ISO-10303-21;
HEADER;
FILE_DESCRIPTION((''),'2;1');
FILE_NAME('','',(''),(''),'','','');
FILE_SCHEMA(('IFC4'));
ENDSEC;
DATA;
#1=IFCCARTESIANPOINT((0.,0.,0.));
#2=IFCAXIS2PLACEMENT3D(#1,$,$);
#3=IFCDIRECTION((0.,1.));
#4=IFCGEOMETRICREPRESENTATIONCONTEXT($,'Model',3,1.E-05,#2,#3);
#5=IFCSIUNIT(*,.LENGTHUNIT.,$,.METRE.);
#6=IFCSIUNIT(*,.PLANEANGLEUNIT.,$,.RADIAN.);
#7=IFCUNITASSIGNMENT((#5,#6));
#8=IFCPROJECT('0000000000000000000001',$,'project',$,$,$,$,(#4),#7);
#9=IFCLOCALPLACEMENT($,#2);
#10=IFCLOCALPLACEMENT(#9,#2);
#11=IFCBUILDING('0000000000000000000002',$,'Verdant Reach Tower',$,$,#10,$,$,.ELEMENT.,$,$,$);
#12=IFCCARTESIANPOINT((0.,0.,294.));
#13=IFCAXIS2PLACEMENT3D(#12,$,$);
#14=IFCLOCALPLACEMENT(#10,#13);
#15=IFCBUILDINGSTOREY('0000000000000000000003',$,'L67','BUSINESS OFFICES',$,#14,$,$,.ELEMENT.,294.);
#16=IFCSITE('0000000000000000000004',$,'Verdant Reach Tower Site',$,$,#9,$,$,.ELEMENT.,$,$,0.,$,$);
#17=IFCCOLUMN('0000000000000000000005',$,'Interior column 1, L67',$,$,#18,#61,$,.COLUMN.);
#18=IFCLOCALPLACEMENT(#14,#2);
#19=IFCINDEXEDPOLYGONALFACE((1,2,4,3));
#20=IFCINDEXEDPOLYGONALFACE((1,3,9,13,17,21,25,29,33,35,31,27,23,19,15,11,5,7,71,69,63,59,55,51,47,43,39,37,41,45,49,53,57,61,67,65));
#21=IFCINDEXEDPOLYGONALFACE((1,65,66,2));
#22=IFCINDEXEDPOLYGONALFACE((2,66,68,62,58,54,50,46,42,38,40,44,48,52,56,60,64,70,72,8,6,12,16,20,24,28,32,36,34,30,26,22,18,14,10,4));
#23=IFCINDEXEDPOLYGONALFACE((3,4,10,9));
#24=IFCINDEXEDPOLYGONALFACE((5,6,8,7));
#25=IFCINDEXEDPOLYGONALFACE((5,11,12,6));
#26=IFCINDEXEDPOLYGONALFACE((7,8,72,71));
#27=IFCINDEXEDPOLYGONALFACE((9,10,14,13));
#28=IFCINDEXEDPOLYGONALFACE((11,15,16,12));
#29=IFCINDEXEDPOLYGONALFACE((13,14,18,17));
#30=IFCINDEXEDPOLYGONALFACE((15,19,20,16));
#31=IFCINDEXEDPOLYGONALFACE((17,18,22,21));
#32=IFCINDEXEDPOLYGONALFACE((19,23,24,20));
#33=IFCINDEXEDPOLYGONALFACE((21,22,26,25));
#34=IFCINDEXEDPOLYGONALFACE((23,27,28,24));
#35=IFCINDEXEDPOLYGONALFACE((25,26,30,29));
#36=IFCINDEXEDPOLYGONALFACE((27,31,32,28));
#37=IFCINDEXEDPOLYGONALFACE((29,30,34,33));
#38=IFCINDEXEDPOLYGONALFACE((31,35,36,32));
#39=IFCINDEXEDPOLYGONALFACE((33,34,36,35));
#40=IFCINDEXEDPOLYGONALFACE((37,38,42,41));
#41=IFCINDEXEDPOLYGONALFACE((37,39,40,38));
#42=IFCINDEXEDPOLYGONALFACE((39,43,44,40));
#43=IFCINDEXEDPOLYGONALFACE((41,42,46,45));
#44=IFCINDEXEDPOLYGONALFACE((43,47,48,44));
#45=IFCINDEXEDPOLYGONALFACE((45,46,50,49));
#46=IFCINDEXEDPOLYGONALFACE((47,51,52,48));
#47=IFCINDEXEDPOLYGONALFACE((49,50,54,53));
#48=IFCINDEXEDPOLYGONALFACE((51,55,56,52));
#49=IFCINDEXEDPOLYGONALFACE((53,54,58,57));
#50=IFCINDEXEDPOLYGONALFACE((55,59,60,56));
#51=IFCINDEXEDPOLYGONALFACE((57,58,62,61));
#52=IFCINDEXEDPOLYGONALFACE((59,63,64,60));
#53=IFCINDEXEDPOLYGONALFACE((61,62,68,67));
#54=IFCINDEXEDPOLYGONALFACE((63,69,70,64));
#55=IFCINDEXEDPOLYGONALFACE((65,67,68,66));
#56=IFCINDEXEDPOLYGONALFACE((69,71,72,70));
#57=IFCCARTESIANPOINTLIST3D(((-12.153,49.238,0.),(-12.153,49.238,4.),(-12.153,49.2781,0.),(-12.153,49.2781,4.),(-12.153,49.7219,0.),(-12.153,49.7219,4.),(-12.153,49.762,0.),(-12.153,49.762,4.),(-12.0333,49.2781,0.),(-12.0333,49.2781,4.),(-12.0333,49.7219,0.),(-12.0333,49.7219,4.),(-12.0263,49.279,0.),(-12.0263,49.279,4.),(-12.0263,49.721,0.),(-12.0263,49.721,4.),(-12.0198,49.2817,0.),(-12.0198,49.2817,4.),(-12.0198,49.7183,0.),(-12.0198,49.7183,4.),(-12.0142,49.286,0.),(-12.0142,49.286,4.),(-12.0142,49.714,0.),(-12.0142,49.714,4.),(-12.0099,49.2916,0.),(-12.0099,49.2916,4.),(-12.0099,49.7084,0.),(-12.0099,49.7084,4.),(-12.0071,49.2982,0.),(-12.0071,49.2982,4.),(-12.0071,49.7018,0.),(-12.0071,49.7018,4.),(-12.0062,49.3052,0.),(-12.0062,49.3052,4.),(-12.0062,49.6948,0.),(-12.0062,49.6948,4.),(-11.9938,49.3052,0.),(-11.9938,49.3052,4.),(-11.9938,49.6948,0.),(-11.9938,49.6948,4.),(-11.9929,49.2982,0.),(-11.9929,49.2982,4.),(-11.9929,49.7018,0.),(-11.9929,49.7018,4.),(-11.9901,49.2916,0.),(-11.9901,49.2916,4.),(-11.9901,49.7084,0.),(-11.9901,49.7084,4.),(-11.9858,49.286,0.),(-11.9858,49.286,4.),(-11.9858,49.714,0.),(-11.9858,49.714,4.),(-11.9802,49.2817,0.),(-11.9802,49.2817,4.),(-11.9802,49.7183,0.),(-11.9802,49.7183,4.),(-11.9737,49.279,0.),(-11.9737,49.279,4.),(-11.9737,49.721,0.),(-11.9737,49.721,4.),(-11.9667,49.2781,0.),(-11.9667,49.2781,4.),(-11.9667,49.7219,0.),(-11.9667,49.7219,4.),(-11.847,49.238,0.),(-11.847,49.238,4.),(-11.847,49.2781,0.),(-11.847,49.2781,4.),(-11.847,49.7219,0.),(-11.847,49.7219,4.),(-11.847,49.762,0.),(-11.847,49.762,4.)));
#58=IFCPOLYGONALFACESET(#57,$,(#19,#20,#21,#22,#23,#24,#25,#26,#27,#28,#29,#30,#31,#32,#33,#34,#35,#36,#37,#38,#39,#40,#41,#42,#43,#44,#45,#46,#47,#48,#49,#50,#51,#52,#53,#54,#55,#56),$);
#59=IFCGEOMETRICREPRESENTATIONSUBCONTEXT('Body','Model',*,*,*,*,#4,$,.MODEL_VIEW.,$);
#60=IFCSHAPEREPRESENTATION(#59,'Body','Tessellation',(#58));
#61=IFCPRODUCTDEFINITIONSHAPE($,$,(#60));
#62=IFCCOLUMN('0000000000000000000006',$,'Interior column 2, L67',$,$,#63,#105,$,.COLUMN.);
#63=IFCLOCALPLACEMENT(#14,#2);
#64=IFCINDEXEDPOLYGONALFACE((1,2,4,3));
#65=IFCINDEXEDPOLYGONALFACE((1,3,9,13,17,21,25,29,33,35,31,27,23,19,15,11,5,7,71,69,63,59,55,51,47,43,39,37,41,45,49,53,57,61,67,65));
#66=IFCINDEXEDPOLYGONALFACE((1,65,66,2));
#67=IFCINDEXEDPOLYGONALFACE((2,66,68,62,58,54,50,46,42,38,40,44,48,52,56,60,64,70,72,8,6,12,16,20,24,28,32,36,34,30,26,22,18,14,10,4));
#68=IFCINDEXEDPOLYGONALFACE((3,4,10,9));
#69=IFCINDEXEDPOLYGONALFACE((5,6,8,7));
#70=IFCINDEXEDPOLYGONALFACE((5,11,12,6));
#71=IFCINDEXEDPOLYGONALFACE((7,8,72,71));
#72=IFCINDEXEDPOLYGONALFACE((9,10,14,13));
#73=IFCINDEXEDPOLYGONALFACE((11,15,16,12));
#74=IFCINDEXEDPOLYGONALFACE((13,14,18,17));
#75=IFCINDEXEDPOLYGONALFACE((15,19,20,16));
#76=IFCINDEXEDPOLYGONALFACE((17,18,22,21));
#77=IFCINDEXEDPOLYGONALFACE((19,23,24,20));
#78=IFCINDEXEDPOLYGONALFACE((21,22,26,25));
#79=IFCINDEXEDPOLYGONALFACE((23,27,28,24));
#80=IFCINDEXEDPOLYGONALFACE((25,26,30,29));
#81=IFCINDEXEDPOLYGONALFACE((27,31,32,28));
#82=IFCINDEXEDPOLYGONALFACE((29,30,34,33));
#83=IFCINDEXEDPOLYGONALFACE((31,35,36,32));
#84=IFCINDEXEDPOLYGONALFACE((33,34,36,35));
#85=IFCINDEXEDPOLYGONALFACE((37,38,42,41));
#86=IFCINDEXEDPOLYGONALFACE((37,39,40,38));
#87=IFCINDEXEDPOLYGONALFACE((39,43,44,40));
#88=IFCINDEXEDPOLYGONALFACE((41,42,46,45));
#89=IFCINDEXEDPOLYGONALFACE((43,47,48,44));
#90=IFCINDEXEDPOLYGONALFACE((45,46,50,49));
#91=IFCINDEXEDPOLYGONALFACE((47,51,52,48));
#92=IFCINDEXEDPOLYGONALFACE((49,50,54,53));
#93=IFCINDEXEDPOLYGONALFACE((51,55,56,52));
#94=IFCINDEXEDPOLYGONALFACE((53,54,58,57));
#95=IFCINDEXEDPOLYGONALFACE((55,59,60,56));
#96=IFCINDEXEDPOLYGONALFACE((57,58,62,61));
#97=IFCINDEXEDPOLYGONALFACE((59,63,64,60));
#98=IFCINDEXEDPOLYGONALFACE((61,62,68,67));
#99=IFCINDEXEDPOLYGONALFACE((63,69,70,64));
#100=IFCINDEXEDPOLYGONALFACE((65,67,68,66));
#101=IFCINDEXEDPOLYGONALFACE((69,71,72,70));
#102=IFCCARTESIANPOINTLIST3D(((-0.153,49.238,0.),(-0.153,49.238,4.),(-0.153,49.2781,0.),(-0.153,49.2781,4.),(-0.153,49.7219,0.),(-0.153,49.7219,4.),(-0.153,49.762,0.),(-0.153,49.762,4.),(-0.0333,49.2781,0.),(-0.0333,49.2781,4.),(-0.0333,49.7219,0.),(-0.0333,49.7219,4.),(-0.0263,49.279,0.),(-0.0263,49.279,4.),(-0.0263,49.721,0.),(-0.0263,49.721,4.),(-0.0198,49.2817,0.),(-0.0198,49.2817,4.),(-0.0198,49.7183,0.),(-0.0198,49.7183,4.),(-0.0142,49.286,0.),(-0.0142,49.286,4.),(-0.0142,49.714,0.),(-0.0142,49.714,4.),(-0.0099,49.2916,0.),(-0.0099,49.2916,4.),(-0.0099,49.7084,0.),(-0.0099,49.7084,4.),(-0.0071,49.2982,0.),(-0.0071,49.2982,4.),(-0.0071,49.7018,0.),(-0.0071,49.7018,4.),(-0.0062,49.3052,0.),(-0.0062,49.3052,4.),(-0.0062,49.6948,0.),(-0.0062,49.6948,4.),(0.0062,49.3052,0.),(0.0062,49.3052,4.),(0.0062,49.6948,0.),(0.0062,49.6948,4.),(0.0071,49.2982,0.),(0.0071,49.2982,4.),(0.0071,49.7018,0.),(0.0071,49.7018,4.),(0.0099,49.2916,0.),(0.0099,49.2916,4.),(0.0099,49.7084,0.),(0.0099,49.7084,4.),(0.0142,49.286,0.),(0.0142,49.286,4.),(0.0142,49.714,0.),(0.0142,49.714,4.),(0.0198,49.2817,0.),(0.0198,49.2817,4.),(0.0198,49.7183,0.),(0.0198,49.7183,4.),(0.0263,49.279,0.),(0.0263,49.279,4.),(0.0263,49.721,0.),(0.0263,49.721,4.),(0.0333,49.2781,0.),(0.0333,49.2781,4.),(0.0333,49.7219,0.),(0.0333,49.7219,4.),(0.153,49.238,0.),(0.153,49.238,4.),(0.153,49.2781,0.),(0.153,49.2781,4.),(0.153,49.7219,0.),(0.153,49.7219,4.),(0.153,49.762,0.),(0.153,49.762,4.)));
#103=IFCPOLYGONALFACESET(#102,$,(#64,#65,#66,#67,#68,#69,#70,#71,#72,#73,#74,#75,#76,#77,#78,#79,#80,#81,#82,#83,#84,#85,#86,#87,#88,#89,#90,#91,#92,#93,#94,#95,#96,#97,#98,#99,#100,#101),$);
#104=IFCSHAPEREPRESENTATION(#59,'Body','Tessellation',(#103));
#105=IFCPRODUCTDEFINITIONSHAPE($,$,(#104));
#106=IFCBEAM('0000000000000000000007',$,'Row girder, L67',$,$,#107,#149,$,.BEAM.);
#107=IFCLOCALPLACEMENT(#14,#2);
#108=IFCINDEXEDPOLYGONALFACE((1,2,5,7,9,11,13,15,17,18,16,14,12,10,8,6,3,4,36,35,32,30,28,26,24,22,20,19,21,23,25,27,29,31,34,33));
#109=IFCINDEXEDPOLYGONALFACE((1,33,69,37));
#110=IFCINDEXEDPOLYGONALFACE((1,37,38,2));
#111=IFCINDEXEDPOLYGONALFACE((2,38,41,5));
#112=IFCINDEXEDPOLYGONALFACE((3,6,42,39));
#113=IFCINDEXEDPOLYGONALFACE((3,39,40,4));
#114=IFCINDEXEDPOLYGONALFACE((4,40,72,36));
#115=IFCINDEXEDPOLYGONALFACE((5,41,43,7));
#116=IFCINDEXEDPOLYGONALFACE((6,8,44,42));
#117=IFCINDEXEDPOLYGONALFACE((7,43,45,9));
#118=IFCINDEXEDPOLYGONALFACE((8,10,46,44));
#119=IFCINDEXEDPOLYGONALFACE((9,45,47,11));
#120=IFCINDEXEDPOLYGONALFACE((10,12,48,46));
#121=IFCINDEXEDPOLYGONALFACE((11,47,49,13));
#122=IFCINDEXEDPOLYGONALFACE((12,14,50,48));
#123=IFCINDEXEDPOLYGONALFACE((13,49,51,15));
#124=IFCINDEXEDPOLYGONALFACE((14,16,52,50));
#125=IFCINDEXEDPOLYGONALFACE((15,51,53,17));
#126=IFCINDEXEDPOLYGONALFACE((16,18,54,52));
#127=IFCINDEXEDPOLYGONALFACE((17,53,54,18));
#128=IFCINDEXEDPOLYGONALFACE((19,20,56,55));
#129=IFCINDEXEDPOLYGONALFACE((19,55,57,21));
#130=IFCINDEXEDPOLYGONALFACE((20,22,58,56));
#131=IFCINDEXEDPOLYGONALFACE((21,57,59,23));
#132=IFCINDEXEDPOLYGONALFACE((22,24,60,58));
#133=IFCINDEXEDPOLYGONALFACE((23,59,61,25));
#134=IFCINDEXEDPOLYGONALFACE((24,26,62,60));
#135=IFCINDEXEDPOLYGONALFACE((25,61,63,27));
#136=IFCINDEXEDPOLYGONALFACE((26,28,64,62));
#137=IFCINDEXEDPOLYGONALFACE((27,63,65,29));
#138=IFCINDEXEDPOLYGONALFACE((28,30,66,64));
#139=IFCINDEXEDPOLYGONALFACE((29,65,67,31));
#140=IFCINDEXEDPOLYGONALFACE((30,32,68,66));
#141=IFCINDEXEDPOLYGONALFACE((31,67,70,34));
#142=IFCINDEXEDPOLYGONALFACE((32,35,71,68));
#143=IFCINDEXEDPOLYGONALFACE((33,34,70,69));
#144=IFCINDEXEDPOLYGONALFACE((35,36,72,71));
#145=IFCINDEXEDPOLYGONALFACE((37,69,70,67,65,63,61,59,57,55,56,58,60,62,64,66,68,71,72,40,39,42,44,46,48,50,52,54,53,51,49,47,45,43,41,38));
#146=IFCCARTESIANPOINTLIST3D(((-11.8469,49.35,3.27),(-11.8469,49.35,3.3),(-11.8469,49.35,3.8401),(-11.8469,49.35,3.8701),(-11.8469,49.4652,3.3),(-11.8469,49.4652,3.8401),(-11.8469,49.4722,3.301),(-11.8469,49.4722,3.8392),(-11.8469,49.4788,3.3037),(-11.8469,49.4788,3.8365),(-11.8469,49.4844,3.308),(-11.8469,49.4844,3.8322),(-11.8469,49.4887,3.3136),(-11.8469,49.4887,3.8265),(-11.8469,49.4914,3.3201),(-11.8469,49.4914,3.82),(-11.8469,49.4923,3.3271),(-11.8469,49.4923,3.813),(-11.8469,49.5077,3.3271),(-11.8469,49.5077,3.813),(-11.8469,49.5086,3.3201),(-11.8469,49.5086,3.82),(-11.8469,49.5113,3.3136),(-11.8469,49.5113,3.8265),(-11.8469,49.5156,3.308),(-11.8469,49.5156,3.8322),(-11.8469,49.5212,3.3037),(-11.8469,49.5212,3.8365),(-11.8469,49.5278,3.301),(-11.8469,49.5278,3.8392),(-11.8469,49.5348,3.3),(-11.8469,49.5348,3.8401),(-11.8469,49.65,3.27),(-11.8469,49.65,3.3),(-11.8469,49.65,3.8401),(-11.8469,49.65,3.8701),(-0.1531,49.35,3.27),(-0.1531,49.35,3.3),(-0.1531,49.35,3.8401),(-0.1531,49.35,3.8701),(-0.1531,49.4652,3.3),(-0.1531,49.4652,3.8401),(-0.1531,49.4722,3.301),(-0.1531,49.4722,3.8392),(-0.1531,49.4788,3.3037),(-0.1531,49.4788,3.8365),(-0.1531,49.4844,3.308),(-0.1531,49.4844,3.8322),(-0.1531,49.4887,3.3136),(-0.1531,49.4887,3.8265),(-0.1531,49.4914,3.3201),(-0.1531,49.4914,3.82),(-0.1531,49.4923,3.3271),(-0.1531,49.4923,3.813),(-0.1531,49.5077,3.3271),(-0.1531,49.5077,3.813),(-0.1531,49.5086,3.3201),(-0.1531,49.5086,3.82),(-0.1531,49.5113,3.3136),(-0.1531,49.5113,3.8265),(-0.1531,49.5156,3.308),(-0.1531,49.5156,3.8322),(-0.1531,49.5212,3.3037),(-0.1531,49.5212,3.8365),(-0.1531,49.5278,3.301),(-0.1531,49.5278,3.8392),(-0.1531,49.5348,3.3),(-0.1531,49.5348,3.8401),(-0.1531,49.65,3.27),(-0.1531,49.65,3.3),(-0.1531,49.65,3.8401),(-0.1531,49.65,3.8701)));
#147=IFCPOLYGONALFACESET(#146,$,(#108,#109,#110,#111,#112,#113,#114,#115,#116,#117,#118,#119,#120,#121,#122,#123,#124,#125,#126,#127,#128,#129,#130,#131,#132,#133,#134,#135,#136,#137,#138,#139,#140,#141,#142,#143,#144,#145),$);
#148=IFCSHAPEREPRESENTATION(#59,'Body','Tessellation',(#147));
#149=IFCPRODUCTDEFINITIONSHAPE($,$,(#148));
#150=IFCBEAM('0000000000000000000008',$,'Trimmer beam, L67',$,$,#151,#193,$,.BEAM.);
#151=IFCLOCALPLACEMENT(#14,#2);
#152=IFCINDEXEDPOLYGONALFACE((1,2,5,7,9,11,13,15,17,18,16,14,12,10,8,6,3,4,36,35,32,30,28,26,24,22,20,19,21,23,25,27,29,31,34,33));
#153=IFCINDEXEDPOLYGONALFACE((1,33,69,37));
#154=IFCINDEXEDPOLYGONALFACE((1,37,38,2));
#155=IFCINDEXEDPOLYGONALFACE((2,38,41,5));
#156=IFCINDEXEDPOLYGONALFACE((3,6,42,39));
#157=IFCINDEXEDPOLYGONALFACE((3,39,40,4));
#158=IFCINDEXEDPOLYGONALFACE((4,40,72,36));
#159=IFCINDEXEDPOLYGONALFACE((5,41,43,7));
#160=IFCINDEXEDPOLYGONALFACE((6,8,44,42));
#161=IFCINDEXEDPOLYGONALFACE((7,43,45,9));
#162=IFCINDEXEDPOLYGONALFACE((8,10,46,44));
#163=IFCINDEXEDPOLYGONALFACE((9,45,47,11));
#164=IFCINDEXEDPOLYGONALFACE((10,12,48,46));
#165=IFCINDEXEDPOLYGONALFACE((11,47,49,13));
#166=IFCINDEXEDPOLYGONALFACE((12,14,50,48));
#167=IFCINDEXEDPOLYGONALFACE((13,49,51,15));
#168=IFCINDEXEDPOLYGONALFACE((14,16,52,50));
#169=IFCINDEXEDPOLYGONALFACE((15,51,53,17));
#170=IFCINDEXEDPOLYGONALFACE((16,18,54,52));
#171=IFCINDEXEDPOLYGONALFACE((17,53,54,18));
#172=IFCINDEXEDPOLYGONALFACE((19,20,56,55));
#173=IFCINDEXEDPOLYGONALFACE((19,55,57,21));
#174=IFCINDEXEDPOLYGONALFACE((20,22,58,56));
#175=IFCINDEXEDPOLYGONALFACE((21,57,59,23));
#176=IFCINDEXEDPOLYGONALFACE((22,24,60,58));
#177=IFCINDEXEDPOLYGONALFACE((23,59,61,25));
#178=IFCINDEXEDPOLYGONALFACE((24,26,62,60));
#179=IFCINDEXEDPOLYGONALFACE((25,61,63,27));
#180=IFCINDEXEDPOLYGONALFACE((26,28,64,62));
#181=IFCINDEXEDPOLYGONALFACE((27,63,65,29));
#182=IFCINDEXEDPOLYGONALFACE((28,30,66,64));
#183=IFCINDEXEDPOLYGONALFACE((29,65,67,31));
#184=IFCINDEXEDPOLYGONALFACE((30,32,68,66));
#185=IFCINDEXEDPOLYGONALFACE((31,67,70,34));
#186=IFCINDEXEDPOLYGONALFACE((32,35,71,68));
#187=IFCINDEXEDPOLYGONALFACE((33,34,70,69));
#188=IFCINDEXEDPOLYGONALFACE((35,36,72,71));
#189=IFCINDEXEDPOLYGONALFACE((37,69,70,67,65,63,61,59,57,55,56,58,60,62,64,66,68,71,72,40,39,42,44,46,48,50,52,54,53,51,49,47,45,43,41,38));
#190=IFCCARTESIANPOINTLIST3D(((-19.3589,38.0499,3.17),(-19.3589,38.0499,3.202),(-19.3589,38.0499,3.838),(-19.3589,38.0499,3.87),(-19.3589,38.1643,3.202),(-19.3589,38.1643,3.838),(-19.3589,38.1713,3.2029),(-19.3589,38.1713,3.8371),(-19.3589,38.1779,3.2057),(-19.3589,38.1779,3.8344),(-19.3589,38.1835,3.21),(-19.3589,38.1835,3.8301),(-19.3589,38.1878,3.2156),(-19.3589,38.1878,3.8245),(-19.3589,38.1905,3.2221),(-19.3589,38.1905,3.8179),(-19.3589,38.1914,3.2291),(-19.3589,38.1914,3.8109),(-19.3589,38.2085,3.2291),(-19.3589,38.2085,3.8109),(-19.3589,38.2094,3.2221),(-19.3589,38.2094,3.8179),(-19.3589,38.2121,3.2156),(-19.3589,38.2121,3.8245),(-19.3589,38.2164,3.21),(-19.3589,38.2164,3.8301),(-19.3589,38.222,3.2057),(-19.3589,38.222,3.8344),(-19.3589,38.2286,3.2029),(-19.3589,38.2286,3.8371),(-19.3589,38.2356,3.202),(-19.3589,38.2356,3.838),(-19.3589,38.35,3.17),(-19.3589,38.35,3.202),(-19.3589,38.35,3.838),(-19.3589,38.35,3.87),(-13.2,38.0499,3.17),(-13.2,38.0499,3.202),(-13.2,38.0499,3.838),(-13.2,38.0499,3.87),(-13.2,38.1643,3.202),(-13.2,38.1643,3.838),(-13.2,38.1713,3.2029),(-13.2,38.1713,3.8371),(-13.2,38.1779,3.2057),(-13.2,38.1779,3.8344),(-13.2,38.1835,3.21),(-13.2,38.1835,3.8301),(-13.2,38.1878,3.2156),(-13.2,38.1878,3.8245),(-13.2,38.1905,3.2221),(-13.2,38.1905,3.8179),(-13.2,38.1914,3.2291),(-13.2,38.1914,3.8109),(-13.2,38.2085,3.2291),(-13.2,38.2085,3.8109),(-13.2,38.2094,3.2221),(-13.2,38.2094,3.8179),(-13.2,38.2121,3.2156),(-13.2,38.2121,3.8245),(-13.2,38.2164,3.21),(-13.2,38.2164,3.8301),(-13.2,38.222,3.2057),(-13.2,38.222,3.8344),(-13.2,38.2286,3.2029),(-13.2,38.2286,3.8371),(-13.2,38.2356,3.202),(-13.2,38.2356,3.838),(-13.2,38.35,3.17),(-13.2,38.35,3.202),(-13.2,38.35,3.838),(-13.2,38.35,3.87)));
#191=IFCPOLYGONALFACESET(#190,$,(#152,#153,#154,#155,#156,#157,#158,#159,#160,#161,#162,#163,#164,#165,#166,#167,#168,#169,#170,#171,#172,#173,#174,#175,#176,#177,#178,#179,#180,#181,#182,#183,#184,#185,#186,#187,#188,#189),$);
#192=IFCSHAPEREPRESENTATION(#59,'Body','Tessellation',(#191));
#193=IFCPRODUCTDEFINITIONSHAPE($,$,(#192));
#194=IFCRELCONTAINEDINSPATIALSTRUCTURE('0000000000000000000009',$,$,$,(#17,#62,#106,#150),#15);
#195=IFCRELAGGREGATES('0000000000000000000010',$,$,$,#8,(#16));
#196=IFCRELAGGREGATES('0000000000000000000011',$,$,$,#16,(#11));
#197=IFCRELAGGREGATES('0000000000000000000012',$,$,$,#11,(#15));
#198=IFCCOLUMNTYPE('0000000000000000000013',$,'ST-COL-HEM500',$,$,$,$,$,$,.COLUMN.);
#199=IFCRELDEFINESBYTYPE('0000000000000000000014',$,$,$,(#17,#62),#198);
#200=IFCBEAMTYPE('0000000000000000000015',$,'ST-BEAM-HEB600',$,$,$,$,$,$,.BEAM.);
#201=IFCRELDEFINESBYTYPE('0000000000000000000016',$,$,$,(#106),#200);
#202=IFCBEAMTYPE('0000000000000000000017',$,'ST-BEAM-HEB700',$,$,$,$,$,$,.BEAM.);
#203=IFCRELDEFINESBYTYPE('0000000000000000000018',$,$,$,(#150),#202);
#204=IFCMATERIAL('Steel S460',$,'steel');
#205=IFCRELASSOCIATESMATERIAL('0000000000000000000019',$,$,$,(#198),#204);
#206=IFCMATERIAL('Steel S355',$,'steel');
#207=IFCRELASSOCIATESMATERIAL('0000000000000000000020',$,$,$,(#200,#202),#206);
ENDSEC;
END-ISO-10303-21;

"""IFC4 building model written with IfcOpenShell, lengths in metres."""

from ifc_helpers import new_model, si_unit, direction, frame, origin, origin_2d, place, context, subcontext, project, spatial, i_section, extrude, material, material_profile, profile_set, type_object, element, save


model = new_model("IFC4")

# Units and contexts
model_context = context("Model", 3, precision=1e-05, world=origin(), true_north=direction((0.0, 1.0)))
body_context = subcontext(model_context, "Body", "Model", "MODEL_VIEW")
ifc_project = project(units=[si_unit("LENGTHUNIT", "METRE"), si_unit("PLANEANGLEUNIT", "RADIAN")], contexts=[model_context])

# Site, building, storey
site_placement = place(None, origin())
site = spatial("IfcSite", under=ifc_project, at=site_placement, Name="Verdant Reach Tower Site", CompositionType="ELEMENT", RefElevation=0.0)
building_placement = place(site_placement, origin())
building = spatial("IfcBuilding", under=site, at=building_placement, Name="Verdant Reach Tower", CompositionType="ELEMENT")
storey_placement = place(building_placement, frame((0.0, 0.0, 294.0)))
storey = spatial("IfcBuildingStorey", under=building, at=storey_placement, Name="L67", Description="BUSINESS OFFICES", CompositionType="ELEMENT", Elevation=294.0)

# Columns
ifc_material_1 = material(Name="Steel S460", Category="steel")
ifc_material_profile_1 = material_profile(ifc_material_1, i_section(OverallWidth=0.3059, OverallDepth=0.5239, WebThickness=0.0125, FlangeThickness=0.04, FilletRadius=0.0271, at=origin_2d()), Name="HEM 500")
ifc_profile_set_1 = profile_set([ifc_material_profile_1], Name="Steel S460")
column_type = type_object("IfcColumnType", Name="ST-COL-HEM500", PredefinedType="COLUMN", material=ifc_profile_set_1)
for number, where, z_axis, x_axis, name in (
    (1, (-12.0, 49.5, 0.0), (0.0, 0.0, 1.0), (1.0, 0.0, 0.0), "Interior column 1, L67"),
    (2, (0.0, 49.5, 0.0), (0.0, 0.0, 1.0), (1.0, 0.0, 0.0), "Interior column 2, L67"),
):
    element("IfcColumn", number, at=place(storey_placement, frame(where, z_axis=z_axis, x_axis=x_axis)), inside=storey, type_object=column_type, Name=name, PredefinedType="COLUMN", context=body_context, shape_type="SweptSolid", body=[
        extrude(i_section(OverallWidth=0.3059, OverallDepth=0.5239, WebThickness=0.0125, FlangeThickness=0.04, FilletRadius=0.0271, at=origin_2d()), origin(), (0.0, 0.0, 1.0), 4.0),
    ])

# Beams
ifc_material_2 = material(Name="Steel S355", Category="steel")
ifc_material_profile_2 = material_profile(ifc_material_2, i_section(OverallWidth=0.3, OverallDepth=0.6001, WebThickness=0.0154, FlangeThickness=0.03, FilletRadius=0.0271, at=origin_2d()), Name="HEB 600")
ifc_profile_set_2 = profile_set([ifc_material_profile_2], Name="Steel S355")
beam_type_1 = type_object("IfcBeamType", Name="ST-BEAM-HEB600", PredefinedType="BEAM", material=ifc_profile_set_2)
beam_1_placement = place(storey_placement, frame((-11.8469, 49.5, 3.5701), z_axis=(1.0, 0.0, 0.0), x_axis=(0.0, 1.0, 0.0)))
element("IfcBeam", 3, at=beam_1_placement, inside=storey, type_object=beam_type_1, Name="Row girder, L67", PredefinedType="BEAM", context=body_context, shape_type="SweptSolid", body=[
    extrude(i_section(OverallWidth=0.3, OverallDepth=0.6001, WebThickness=0.0154, FlangeThickness=0.03, FilletRadius=0.0271, at=origin_2d()), origin(), (0.0, 0.0, 1.0), 11.6938),
])
ifc_material_profile_3 = material_profile(ifc_material_2, i_section(OverallWidth=0.3, OverallDepth=0.7, WebThickness=0.0171, FlangeThickness=0.032, FilletRadius=0.0271, at=origin_2d()), Name="HEB 700")
ifc_profile_set_3 = profile_set([ifc_material_profile_3], Name="Steel S355")
beam_type_2 = type_object("IfcBeamType", Name="ST-BEAM-HEB700", PredefinedType="BEAM", material=ifc_profile_set_3)
beam_2_placement = place(storey_placement, frame((-13.2, 38.2, 3.52), z_axis=(-1.0, 0.0, 0.0), x_axis=(0.0, -1.0, 0.0)))
element("IfcBeam", 4, at=beam_2_placement, inside=storey, type_object=beam_type_2, Name="Trimmer beam, L67", PredefinedType="BEAM", context=body_context, shape_type="SweptSolid", body=[
    extrude(i_section(OverallWidth=0.3, OverallDepth=0.7, WebThickness=0.0171, FlangeThickness=0.032, FilletRadius=0.0271, at=origin_2d()), origin(), (0.0, 0.0, 1.0), 6.1589),
])

save(model, "model.ifc")
